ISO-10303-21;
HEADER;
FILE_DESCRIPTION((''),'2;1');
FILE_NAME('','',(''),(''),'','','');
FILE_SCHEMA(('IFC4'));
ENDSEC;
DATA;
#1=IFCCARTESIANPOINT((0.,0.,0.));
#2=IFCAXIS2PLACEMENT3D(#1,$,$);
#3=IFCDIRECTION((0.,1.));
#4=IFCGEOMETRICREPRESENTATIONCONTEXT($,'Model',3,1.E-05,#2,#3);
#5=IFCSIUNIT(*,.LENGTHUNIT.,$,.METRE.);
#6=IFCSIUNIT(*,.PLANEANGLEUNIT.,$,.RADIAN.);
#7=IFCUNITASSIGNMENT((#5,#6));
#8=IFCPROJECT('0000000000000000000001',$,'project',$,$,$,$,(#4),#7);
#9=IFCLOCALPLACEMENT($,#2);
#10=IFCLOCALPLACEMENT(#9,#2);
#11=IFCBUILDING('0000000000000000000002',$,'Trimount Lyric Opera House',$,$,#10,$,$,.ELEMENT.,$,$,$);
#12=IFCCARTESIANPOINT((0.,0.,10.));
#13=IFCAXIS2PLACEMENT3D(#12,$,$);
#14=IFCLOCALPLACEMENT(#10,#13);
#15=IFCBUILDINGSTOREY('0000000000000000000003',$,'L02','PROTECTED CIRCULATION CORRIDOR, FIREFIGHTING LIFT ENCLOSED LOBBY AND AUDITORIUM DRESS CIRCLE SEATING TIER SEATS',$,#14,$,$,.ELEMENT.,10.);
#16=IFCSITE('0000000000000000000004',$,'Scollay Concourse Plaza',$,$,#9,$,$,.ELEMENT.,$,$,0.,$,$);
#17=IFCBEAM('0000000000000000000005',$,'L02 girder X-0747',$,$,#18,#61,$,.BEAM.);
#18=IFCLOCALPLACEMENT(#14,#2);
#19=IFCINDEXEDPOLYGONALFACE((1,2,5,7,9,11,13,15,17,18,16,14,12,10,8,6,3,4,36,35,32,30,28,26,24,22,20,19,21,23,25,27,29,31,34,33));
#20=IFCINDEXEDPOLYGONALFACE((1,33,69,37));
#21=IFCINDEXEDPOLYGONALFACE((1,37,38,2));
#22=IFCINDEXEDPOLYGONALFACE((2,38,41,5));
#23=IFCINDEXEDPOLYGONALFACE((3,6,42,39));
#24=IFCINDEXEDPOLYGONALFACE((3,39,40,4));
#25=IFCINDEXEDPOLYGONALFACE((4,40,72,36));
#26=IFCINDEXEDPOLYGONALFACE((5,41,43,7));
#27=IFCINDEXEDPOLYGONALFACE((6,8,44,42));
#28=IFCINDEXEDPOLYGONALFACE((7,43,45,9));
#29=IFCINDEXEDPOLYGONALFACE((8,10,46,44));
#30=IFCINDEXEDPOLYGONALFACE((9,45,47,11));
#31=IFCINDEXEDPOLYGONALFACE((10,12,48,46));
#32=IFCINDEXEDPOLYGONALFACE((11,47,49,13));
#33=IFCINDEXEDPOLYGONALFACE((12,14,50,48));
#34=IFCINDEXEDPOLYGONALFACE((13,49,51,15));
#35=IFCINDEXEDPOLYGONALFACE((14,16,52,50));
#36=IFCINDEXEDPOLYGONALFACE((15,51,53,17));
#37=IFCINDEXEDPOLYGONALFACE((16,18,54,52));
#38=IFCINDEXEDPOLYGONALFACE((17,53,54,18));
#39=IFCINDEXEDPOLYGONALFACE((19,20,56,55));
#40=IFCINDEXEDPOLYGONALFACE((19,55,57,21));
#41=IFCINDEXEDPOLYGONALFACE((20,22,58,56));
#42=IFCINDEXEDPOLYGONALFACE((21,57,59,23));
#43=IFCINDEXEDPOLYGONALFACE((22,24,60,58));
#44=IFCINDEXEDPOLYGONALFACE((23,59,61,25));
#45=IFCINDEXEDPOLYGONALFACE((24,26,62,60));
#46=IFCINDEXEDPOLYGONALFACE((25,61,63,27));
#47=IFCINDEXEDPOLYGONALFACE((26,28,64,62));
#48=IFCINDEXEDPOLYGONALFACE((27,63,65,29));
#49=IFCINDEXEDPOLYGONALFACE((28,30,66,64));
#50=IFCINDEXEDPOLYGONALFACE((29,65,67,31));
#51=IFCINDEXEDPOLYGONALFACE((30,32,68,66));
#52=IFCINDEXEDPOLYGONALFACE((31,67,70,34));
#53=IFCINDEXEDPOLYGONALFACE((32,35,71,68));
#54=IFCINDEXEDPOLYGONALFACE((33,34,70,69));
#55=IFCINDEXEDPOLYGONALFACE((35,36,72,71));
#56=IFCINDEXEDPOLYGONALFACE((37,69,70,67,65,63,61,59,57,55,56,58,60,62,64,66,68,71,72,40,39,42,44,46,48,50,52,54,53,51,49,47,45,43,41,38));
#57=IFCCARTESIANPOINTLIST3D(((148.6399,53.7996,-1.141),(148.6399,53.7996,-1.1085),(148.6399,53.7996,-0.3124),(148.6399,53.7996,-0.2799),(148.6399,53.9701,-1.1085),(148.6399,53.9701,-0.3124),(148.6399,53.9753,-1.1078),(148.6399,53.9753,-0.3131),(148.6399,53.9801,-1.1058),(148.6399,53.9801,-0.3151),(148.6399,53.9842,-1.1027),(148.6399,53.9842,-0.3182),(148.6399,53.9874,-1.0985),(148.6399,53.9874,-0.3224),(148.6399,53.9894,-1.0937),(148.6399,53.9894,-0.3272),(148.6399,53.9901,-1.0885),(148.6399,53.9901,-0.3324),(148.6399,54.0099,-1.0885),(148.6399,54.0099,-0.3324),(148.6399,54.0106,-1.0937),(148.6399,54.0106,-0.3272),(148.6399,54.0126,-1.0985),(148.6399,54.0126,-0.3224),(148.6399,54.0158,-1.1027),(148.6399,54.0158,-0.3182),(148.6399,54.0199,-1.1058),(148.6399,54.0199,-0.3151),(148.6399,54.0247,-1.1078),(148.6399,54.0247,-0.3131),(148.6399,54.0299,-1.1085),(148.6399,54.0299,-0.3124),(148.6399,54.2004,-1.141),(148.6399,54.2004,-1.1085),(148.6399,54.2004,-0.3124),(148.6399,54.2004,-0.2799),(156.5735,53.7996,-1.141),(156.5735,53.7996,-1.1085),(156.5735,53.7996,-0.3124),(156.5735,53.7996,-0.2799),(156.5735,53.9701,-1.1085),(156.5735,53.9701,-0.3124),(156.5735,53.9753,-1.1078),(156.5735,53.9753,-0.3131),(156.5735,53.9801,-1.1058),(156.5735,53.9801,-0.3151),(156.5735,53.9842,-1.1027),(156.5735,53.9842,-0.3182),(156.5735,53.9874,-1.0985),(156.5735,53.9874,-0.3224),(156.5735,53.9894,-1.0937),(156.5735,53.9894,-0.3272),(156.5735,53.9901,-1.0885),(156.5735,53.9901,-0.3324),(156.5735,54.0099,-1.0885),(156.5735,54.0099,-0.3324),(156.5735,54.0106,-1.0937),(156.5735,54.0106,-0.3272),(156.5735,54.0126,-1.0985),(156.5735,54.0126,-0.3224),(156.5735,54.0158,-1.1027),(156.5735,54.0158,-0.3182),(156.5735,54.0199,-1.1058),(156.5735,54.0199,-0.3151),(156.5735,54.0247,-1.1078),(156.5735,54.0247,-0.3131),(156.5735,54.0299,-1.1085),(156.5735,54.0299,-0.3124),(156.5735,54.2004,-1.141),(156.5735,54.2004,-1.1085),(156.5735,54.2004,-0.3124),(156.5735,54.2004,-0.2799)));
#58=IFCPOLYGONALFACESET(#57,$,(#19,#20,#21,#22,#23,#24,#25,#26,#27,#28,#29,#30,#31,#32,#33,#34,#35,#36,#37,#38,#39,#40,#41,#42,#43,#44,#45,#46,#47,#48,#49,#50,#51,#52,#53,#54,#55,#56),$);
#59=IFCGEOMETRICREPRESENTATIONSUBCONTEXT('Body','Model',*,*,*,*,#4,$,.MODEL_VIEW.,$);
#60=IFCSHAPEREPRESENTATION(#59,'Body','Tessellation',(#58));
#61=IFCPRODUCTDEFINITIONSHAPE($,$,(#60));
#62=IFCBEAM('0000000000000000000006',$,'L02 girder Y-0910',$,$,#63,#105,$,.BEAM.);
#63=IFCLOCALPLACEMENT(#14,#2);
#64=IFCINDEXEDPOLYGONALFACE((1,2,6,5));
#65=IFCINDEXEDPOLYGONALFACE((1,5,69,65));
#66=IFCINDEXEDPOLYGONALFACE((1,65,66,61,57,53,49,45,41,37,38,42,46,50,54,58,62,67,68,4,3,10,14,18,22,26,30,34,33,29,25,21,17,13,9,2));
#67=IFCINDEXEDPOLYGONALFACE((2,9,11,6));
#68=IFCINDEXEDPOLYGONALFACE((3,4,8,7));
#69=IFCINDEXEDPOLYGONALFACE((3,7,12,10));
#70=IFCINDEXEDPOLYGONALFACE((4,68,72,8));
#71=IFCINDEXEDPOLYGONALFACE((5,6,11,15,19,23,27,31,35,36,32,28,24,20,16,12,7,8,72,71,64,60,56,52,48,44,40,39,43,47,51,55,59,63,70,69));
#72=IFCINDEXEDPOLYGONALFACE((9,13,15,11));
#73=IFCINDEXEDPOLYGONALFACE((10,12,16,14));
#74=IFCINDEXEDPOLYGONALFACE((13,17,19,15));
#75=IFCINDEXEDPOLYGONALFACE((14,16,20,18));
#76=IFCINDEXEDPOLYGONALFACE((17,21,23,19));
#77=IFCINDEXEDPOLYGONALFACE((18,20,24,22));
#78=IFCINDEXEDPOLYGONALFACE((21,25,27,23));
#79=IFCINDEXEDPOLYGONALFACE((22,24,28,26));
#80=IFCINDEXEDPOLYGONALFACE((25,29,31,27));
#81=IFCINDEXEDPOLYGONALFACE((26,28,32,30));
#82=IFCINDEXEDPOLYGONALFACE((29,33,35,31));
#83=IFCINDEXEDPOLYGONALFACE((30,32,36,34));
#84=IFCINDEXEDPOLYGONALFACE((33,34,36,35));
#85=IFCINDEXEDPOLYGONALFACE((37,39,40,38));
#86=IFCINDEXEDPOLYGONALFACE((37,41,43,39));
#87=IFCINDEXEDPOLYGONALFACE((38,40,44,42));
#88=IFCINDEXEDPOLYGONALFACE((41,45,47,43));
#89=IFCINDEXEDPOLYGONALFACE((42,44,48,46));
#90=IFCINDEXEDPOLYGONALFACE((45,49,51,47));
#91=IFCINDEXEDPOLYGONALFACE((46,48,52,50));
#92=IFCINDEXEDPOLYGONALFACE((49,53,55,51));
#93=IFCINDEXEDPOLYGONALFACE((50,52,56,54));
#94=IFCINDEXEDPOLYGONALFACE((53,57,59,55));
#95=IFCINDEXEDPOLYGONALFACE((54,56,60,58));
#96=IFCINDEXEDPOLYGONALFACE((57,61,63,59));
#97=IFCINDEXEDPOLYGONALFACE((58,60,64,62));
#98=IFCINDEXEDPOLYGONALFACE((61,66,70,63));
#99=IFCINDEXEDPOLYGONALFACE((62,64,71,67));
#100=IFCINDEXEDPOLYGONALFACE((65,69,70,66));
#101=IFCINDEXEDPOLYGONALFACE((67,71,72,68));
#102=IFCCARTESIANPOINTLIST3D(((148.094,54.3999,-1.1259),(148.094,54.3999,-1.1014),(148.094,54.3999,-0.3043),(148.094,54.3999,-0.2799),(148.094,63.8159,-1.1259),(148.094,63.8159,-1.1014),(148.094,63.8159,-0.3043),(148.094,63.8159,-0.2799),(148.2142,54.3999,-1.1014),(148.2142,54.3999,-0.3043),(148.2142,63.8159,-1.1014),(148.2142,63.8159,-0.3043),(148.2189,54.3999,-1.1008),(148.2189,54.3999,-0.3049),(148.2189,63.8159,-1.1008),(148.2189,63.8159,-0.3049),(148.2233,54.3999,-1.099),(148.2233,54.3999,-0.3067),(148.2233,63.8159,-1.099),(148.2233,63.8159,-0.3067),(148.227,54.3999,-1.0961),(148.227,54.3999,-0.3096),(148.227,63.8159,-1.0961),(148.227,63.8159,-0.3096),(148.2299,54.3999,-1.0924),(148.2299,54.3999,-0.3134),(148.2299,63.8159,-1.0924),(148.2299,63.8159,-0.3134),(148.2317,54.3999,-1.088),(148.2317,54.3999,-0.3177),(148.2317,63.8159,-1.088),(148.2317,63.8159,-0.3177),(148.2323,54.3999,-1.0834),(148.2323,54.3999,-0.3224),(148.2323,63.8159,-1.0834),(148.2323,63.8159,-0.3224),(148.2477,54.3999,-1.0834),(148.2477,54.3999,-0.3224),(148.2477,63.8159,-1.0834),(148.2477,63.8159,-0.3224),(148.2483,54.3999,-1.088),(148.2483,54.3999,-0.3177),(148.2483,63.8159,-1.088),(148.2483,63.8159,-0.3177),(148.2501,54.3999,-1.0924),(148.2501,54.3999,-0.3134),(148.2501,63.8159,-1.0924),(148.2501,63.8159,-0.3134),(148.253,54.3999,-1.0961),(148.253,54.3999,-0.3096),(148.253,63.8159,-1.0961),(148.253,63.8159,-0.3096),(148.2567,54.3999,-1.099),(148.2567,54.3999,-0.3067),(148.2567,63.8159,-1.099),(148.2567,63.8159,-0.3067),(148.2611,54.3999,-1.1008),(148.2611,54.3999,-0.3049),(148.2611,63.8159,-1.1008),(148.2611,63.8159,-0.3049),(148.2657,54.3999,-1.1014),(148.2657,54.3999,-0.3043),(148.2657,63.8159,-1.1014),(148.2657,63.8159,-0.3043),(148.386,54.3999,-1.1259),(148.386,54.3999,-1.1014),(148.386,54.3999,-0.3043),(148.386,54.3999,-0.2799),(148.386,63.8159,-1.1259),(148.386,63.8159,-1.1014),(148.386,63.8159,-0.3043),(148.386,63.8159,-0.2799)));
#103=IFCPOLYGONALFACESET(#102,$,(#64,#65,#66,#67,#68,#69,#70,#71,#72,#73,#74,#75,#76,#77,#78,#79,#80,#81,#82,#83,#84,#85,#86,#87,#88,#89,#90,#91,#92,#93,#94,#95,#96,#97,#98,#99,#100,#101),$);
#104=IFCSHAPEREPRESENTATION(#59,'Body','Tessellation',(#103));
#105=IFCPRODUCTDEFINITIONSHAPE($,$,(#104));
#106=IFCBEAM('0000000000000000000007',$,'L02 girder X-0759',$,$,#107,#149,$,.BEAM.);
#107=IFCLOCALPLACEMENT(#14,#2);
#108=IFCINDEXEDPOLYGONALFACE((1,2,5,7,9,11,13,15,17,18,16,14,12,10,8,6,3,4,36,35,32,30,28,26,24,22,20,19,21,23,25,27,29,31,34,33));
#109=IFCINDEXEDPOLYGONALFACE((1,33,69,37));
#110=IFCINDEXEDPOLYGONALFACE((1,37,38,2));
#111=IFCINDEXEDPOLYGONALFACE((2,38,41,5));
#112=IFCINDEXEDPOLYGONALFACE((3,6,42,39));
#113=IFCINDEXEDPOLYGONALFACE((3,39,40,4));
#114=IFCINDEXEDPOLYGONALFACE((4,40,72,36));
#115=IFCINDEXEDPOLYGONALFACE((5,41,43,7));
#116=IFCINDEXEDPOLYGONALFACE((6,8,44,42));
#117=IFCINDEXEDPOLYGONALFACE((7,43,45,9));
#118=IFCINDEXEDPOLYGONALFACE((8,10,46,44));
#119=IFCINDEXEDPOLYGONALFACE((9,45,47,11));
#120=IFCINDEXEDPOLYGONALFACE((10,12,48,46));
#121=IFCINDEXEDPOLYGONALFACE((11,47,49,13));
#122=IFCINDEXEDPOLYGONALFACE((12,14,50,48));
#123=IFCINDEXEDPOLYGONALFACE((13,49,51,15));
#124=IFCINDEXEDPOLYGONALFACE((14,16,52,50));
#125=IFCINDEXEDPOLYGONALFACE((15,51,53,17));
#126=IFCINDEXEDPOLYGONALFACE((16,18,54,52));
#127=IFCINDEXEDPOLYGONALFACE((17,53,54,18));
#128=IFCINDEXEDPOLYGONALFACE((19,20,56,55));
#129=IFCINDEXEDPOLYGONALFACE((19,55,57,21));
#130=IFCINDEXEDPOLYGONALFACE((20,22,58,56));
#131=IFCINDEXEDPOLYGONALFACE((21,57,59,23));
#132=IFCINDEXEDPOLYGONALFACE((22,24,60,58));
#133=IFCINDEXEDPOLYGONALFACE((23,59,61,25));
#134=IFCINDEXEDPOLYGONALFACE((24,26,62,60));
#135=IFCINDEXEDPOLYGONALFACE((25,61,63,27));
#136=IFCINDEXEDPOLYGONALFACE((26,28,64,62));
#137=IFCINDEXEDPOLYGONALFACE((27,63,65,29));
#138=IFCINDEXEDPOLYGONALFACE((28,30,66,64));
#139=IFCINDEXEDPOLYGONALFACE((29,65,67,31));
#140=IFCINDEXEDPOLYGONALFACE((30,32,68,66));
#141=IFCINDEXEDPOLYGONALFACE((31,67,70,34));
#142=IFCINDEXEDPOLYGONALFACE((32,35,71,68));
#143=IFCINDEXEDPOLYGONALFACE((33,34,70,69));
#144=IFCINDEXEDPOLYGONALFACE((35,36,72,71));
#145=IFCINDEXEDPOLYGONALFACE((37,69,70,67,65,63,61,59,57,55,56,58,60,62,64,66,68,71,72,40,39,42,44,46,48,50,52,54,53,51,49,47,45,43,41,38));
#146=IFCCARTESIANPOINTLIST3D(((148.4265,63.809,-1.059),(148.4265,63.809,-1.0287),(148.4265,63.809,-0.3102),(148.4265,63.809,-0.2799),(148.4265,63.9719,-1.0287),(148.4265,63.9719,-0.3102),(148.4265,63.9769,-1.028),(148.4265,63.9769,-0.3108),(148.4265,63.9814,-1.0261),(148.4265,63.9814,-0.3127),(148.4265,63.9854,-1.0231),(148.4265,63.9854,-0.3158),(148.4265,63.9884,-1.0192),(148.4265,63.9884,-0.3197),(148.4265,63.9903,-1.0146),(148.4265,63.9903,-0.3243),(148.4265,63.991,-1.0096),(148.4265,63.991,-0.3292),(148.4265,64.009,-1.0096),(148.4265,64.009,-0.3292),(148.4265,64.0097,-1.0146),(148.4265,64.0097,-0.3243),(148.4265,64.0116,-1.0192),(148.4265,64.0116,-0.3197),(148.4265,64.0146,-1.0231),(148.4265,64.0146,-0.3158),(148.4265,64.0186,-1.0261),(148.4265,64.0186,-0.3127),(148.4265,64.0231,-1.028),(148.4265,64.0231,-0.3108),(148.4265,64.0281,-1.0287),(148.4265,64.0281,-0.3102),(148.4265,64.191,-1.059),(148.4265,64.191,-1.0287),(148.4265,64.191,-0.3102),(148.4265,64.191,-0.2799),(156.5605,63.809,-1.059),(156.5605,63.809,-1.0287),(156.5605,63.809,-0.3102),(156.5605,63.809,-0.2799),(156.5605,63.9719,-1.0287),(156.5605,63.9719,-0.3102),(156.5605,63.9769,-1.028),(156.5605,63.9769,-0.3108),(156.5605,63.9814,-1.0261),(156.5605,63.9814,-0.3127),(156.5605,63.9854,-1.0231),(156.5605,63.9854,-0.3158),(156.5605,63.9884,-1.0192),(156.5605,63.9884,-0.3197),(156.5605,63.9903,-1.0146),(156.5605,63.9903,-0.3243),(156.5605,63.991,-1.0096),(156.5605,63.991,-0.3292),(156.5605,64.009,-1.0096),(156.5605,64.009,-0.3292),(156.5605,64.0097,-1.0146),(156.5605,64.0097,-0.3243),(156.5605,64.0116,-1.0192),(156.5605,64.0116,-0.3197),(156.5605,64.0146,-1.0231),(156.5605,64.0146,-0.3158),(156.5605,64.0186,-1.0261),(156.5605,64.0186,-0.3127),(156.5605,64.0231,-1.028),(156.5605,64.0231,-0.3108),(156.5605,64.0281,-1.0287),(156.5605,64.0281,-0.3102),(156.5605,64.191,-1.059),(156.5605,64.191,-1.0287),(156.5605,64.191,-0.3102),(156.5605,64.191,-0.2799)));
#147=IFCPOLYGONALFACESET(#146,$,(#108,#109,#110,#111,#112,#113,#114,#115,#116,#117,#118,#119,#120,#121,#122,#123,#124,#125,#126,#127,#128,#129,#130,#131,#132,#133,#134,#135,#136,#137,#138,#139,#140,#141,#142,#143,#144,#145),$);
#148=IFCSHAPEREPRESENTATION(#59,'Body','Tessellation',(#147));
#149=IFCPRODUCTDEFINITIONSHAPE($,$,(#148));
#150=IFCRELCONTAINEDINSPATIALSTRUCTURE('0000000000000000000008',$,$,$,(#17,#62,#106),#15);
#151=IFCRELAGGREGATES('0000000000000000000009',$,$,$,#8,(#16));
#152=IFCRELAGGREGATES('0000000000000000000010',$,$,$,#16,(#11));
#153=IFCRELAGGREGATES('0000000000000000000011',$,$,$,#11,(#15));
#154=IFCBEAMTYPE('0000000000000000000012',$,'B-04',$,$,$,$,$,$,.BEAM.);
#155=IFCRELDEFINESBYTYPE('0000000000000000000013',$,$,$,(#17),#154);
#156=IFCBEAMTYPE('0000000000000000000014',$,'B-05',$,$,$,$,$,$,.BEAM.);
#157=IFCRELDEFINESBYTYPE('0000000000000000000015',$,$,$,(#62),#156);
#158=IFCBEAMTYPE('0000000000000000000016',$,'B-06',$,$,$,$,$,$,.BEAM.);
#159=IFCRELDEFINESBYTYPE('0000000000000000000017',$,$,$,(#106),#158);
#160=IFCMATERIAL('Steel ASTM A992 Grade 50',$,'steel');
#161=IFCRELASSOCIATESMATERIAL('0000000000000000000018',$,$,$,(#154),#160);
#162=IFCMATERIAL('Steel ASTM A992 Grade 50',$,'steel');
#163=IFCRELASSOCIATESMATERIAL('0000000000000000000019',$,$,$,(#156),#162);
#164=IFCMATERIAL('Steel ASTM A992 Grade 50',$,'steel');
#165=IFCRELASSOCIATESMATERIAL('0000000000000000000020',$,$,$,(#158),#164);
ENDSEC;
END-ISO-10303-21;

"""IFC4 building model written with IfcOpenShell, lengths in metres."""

from ifc_helpers import new_model, si_unit, direction, frame, origin, origin_2d, place, context, subcontext, project, spatial, i_section, extrude, material, material_profile, profile_set, type_object, element, save


model = new_model("IFC4")

# Units and contexts
model_context = context("Model", 3, precision=1e-05, world=origin(), true_north=direction((0.0, 1.0)))
body_context = subcontext(model_context, "Body", "Model", "MODEL_VIEW")
ifc_project = project(units=[si_unit("LENGTHUNIT", "METRE"), si_unit("PLANEANGLEUNIT", "RADIAN")], contexts=[model_context])

# Site, building, storey
site_placement = place(None, origin())
site = spatial("IfcSite", under=ifc_project, at=site_placement, Name="Scollay Concourse Plaza", CompositionType="ELEMENT", RefElevation=0.0)
building_placement = place(site_placement, origin())
building = spatial("IfcBuilding", under=site, at=building_placement, Name="Trimount Lyric Opera House", CompositionType="ELEMENT")
storey_placement = place(building_placement, frame((0.0, 0.0, 10.0)))
storey = spatial("IfcBuildingStorey", under=building, at=storey_placement, Name="L02", Description="PROTECTED CIRCULATION CORRIDOR, FIREFIGHTING LIFT ENCLOSED LOBBY AND AUDITORIUM DRESS CIRCLE SEATING TIER SEATS", CompositionType="ELEMENT", Elevation=10.0)

# Beams
ifc_material_1 = material(Name="Steel ASTM A992 Grade 50", Category="steel")
ifc_material_profile_1 = material_profile(ifc_material_1, i_section(OverallWidth=0.4009, OverallDepth=0.8611, WebThickness=0.0198, FlangeThickness=0.0325, FilletRadius=0.02, at=origin_2d()), Name="W33X221")
ifc_profile_set_1 = profile_set([ifc_material_profile_1], Name="Steel ASTM A992 Grade 50")
beam_type_1 = type_object("IfcBeamType", Name="B-04", PredefinedType="BEAM", material=ifc_profile_set_1)
beam_1_placement = place(storey_placement, frame((148.6399, 54.0, -0.7104), z_axis=(1.0, 0.0, 0.0), x_axis=(0.0, 1.0, 0.0)))
element("IfcBeam", 1, at=beam_1_placement, inside=storey, type_object=beam_type_1, Name="L02 girder X-0747", PredefinedType="BEAM", context=body_context, shape_type="SweptSolid", body=[
    extrude(i_section(OverallWidth=0.4009, OverallDepth=0.8611, WebThickness=0.0198, FlangeThickness=0.0325, FilletRadius=0.02, at=origin_2d()), origin(), (0.0, 0.0, 1.0), 7.9336),
])
ifc_material_2 = material(Name="Steel ASTM A992 Grade 50", Category="steel")
ifc_material_profile_2 = material_profile(ifc_material_2, i_section(OverallWidth=0.292, OverallDepth=0.8459, WebThickness=0.0154, FlangeThickness=0.0244, FilletRadius=0.0181, at=origin_2d()), Name="W33X141")
ifc_profile_set_2 = profile_set([ifc_material_profile_2], Name="Steel ASTM A992 Grade 50")
beam_type_2 = type_object("IfcBeamType", Name="B-05", PredefinedType="BEAM", material=ifc_profile_set_2)
beam_2_placement = place(storey_placement, frame((148.24, 54.3999, -0.7029), z_axis=(0.0, 1.0, 0.0), x_axis=(-1.0, 0.0, 0.0)))
element("IfcBeam", 2, at=beam_2_placement, inside=storey, type_object=beam_type_2, Name="L02 girder Y-0910", PredefinedType="BEAM", context=body_context, shape_type="SweptSolid", body=[
    extrude(i_section(OverallWidth=0.292, OverallDepth=0.8459, WebThickness=0.0154, FlangeThickness=0.0244, FilletRadius=0.0181, at=origin_2d()), origin(), (0.0, 0.0, 1.0), 9.416),
])
ifc_material_3 = material(Name="Steel ASTM A992 Grade 50", Category="steel")
ifc_material_profile_3 = material_profile(ifc_material_3, i_section(OverallWidth=0.3821, OverallDepth=0.7791, WebThickness=0.0181, FlangeThickness=0.0303, FilletRadius=0.019, at=origin_2d()), Name="W30X191")
ifc_profile_set_3 = profile_set([ifc_material_profile_3], Name="Steel ASTM A992 Grade 50")
beam_type_3 = type_object("IfcBeamType", Name="B-06", PredefinedType="BEAM", material=ifc_profile_set_3)
beam_3_placement = place(storey_placement, frame((148.4265, 64.0, -0.6694), z_axis=(1.0, 0.0, 0.0), x_axis=(0.0, 1.0, 0.0)))
element("IfcBeam", 3, at=beam_3_placement, inside=storey, type_object=beam_type_3, Name="L02 girder X-0759", PredefinedType="BEAM", context=body_context, shape_type="SweptSolid", body=[
    extrude(i_section(OverallWidth=0.3821, OverallDepth=0.7791, WebThickness=0.0181, FlangeThickness=0.0303, FilletRadius=0.019, at=origin_2d()), origin(), (0.0, 0.0, 1.0), 8.134),
])

save(model, "model.ifc")
